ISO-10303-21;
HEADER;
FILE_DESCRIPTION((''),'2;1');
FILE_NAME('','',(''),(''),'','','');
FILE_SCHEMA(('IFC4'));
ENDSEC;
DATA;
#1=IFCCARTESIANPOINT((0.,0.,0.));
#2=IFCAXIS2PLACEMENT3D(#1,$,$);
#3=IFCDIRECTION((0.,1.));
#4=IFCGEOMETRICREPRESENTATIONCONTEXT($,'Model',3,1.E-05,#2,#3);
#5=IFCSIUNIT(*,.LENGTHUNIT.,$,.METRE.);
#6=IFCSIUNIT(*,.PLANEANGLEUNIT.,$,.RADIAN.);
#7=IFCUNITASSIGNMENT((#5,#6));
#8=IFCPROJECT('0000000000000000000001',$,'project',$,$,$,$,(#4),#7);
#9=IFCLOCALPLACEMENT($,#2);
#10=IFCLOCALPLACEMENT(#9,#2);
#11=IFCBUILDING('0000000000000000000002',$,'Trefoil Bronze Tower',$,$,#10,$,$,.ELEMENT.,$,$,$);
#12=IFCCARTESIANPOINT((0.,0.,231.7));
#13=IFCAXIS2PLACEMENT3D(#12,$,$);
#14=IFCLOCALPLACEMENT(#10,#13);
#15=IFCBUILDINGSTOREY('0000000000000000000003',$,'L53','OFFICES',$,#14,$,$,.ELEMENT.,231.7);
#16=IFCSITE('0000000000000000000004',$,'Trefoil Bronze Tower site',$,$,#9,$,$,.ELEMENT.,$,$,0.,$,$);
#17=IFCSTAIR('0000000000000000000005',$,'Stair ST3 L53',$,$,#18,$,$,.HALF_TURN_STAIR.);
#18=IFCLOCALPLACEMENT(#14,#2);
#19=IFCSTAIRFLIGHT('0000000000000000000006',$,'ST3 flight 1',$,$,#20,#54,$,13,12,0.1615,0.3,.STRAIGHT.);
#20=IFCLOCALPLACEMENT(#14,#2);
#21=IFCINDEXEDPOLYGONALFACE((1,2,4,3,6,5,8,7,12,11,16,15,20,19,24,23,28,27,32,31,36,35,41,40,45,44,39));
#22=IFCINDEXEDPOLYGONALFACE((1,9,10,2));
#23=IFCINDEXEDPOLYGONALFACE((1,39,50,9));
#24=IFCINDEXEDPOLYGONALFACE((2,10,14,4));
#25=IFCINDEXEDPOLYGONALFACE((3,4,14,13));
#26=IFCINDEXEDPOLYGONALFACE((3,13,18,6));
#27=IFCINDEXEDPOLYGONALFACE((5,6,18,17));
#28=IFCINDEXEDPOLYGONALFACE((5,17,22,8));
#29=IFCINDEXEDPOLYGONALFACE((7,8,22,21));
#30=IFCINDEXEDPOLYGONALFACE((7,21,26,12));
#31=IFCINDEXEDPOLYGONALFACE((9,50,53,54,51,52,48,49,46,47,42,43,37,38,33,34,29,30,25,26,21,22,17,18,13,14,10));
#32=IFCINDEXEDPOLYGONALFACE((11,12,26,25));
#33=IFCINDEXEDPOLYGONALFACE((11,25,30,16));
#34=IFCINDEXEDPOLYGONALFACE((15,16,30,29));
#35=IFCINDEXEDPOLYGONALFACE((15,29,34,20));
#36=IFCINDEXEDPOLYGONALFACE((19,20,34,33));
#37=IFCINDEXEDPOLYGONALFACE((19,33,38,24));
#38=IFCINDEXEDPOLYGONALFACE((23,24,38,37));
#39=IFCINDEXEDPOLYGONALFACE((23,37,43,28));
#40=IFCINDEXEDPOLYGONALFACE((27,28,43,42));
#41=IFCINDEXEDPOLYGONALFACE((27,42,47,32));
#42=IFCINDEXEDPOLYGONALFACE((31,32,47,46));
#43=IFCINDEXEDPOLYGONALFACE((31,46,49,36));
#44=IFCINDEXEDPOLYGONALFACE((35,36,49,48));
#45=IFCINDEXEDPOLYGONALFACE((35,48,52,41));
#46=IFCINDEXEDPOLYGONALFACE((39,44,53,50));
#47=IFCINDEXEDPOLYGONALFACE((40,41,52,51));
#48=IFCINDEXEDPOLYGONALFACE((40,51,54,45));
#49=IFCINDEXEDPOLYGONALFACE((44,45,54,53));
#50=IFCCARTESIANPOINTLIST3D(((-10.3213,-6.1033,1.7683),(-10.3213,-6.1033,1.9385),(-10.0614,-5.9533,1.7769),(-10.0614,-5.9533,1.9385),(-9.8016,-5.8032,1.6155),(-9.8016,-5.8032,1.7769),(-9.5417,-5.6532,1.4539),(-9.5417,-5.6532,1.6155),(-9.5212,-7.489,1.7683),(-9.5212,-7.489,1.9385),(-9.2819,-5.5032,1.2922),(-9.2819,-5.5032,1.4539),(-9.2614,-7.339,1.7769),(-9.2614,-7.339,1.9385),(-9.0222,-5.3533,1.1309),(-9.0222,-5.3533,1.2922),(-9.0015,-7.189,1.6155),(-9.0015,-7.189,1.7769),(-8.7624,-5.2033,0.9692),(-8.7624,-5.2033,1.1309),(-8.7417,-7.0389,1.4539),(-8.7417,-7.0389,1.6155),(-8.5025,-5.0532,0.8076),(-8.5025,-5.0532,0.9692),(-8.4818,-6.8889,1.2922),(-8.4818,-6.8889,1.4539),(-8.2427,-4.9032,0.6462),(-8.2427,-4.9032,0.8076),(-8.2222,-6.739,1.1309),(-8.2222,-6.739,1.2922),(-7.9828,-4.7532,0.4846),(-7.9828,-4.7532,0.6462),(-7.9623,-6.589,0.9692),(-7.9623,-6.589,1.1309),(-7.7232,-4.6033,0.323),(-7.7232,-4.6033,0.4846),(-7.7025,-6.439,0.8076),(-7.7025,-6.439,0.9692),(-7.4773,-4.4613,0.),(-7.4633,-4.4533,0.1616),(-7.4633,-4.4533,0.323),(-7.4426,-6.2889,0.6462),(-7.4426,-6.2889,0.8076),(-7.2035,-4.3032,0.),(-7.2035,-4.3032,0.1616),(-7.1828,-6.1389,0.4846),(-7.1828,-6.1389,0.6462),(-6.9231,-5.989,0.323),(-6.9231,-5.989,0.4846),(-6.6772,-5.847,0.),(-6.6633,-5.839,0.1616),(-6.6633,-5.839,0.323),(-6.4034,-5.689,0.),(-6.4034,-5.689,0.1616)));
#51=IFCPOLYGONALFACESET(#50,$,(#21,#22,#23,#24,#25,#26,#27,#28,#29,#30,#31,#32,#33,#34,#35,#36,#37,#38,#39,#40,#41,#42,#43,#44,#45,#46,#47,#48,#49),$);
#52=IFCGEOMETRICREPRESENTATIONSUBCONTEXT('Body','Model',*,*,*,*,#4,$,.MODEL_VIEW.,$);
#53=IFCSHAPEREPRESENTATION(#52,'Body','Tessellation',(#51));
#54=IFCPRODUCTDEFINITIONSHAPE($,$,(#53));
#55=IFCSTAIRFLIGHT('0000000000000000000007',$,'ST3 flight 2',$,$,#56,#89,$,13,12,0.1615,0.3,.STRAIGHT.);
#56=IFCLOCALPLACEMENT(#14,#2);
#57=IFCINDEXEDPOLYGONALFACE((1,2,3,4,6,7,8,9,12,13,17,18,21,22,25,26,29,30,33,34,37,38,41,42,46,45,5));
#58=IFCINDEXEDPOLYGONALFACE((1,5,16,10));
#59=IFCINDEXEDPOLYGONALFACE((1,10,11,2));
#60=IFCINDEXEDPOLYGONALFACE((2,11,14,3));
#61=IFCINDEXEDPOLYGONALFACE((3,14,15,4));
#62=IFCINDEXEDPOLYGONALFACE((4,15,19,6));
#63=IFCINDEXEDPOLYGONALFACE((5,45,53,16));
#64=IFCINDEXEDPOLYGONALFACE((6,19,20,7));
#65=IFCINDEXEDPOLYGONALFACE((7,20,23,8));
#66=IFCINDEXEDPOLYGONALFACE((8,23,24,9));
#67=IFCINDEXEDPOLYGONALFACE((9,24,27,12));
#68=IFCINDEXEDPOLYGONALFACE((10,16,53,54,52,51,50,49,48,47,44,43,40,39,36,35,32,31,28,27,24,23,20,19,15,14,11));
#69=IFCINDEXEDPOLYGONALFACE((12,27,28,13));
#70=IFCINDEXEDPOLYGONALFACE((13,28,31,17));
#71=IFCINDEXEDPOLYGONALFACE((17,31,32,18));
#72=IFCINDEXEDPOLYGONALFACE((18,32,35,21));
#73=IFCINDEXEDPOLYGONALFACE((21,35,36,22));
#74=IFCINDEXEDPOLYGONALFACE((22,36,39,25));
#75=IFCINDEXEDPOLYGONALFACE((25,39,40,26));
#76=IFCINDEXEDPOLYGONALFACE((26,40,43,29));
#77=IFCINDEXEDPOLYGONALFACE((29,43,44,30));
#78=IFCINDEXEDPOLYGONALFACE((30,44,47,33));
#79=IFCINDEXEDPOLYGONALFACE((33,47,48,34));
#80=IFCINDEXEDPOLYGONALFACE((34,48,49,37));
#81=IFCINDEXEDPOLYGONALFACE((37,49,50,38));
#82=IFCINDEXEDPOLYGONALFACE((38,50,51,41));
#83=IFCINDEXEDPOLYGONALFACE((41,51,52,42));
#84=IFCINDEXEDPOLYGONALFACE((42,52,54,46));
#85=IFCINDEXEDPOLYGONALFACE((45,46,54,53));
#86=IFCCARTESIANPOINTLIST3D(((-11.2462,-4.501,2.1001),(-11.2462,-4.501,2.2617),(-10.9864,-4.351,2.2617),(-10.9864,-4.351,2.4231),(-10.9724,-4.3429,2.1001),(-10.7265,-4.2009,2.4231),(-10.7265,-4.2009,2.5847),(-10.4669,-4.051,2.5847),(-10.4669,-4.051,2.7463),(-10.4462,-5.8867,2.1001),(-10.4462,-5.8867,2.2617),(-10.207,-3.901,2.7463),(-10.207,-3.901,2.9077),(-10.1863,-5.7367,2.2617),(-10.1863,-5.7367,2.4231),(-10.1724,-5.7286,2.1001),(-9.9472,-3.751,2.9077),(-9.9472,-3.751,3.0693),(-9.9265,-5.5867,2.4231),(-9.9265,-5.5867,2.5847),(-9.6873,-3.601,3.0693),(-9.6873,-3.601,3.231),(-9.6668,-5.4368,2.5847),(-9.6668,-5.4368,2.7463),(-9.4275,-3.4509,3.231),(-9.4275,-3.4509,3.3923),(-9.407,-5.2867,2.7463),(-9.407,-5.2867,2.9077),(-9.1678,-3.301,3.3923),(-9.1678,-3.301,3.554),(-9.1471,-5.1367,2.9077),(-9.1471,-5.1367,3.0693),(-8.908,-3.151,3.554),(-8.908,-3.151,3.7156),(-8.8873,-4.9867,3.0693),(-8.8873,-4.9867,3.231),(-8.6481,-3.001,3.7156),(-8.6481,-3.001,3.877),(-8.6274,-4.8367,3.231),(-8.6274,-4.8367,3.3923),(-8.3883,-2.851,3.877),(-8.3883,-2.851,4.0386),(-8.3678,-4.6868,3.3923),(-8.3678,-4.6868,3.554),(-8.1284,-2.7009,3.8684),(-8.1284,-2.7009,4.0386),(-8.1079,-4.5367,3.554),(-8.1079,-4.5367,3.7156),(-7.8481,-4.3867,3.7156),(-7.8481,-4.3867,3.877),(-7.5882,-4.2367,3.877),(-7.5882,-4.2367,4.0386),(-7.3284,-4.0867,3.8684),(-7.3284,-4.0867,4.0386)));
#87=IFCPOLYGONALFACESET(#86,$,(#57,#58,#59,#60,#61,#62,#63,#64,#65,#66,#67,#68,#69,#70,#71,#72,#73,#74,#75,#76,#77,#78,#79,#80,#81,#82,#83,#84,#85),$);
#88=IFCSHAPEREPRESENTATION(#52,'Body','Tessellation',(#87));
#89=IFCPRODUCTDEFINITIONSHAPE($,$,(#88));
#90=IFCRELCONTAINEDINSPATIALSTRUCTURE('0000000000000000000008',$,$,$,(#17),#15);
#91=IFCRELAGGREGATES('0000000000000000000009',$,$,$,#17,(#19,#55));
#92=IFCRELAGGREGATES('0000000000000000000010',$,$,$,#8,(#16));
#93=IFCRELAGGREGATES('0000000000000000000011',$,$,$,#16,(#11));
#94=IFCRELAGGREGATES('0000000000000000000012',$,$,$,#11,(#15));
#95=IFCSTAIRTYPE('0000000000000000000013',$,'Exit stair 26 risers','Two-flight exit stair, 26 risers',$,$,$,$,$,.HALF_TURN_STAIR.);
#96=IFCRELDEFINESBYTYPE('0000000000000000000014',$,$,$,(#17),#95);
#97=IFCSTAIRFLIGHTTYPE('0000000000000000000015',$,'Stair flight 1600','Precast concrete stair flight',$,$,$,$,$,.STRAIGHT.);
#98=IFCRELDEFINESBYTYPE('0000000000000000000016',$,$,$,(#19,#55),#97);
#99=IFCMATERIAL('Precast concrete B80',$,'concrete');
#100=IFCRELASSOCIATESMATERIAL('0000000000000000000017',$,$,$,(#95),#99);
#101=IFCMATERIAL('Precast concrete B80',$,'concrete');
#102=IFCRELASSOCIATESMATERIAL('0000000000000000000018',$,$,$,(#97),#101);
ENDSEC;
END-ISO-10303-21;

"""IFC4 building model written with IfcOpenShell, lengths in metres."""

from ifc_helpers import new_model, si_unit, direction, frame, origin, place, context, subcontext, project, spatial, polyline, outline, extrude, material, type_object, element, aggregate, save


model = new_model("IFC4")

# Units and contexts
model_context = context("Model", 3, precision=1e-05, world=origin(), true_north=direction((0.0, 1.0)))
body_context = subcontext(model_context, "Body", "Model", "MODEL_VIEW")
ifc_project = project(units=[si_unit("LENGTHUNIT", "METRE"), si_unit("PLANEANGLEUNIT", "RADIAN")], contexts=[model_context])

# Site, building, storey
site_placement = place(None, origin())
site = spatial("IfcSite", under=ifc_project, at=site_placement, Name="Trefoil Bronze Tower site", CompositionType="ELEMENT", RefElevation=0.0)
building_placement = place(site_placement, origin())
building = spatial("IfcBuilding", under=site, at=building_placement, Name="Trefoil Bronze Tower", CompositionType="ELEMENT")
storey_placement = place(building_placement, frame((0.0, 0.0, 231.7)))
storey = spatial("IfcBuildingStorey", under=building, at=storey_placement, Name="L53", Description="OFFICES", CompositionType="ELEMENT", Elevation=231.7)

# Stair, stair flights
ifc_material_1 = material(Name="Precast concrete B80", Category="concrete")
stair_type = type_object("IfcStairType", Name="Exit stair 26 risers", Description="Two-flight exit stair, 26 risers", PredefinedType="HALF_TURN_STAIR", material=ifc_material_1)
stair_placement = place(storey_placement, origin())
stair = element("IfcStair", 1, at=stair_placement, inside=storey, type_object=stair_type, Name="Stair ST3 L53", PredefinedType="HALF_TURN_STAIR")
ifc_material_2 = material(Name="Precast concrete B80", Category="concrete")
stair_flight_type = type_object("IfcStairFlightType", Name="Stair flight 1600", Description="Precast concrete stair flight", PredefinedType="STRAIGHT", material=ifc_material_2)
stair_flight_1_placement = place(storey_placement, frame((-6.8035, -4.9961, 0.0), z_axis=(0.0, 0.0, 1.0), x_axis=(-0.866025, -0.5, 0.0)))
stair_flight_1 = element("IfcStairFlight", 2, at=stair_flight_1_placement, type_object=stair_flight_type, Name="ST3 flight 1", NumberOfRisers=13, NumberOfTreads=12, PredefinedType="STRAIGHT", RiserHeight=0.1615, TreadLength=0.3, context=body_context, shape_type="SweptSolid", body=[
    extrude(outline(polyline([(0.0, 0.0), (0.0, 0.1616), (0.3, 0.1616), (0.3, 0.323), (0.6001, 0.323), (0.6001, 0.4846), (0.8999, 0.4846), (0.8999, 0.6462), (1.2, 0.6462), (1.2, 0.8076), (1.5, 0.8076), (1.5, 0.9692), (1.8, 0.9692), (1.8, 1.1309), (2.1001, 1.1309), (2.1001, 1.2922), (2.3999, 1.2922), (2.3999, 1.4539), (2.7, 1.4539), (2.7, 1.6155), (3.0, 1.6155), (3.0, 1.7769), (3.3, 1.7769), (3.3, 1.9385), (3.6001, 1.9385), (3.6001, 2.1001), (3.6001, 1.7683), (0.3162, 0.0), (0.0, 0.0)])), frame((0.0, 0.8, 0.0), z_axis=(0.0, -1.0, 0.0), x_axis=(1.0, 0.0, 0.0)), (0.0, 0.0, 1.0), 1.6001),
])
stair_flight_2_placement = place(storey_placement, frame((-10.8462, -5.1938, 2.1001), z_axis=(0.0, 0.0, 1.0), x_axis=(0.866025, 0.5, 0.0)))
stair_flight_2 = element("IfcStairFlight", 3, at=stair_flight_2_placement, type_object=stair_flight_type, Name="ST3 flight 2", NumberOfRisers=13, NumberOfTreads=12, PredefinedType="STRAIGHT", RiserHeight=0.1615, TreadLength=0.3, context=body_context, shape_type="SweptSolid", body=[
    extrude(outline(polyline([(0.0, 0.0), (0.0, 0.1616), (0.3, 0.1616), (0.3, 0.323), (0.6001, 0.323), (0.6001, 0.4846), (0.8999, 0.4846), (0.8999, 0.6462), (1.2, 0.6462), (1.2, 0.8076), (1.5, 0.8076), (1.5, 0.9692), (1.8, 0.9692), (1.8, 1.1309), (2.1001, 1.1309), (2.1001, 1.2922), (2.3999, 1.2922), (2.3999, 1.4539), (2.7, 1.4539), (2.7, 1.6155), (3.0, 1.6155), (3.0, 1.7769), (3.3, 1.7769), (3.3, 1.9385), (3.6001, 1.9385), (3.6001, 2.1001), (3.6001, 1.7683), (0.3162, 0.0), (0.0, 0.0)])), frame((0.0, 0.8, 0.0), z_axis=(0.0, -1.0, 0.0), x_axis=(1.0, 0.0, 0.0)), (0.0, 0.0, 1.0), 1.6001),
])
aggregate(stair, [stair_flight_1, stair_flight_2])

save(model, "model.ifc")
